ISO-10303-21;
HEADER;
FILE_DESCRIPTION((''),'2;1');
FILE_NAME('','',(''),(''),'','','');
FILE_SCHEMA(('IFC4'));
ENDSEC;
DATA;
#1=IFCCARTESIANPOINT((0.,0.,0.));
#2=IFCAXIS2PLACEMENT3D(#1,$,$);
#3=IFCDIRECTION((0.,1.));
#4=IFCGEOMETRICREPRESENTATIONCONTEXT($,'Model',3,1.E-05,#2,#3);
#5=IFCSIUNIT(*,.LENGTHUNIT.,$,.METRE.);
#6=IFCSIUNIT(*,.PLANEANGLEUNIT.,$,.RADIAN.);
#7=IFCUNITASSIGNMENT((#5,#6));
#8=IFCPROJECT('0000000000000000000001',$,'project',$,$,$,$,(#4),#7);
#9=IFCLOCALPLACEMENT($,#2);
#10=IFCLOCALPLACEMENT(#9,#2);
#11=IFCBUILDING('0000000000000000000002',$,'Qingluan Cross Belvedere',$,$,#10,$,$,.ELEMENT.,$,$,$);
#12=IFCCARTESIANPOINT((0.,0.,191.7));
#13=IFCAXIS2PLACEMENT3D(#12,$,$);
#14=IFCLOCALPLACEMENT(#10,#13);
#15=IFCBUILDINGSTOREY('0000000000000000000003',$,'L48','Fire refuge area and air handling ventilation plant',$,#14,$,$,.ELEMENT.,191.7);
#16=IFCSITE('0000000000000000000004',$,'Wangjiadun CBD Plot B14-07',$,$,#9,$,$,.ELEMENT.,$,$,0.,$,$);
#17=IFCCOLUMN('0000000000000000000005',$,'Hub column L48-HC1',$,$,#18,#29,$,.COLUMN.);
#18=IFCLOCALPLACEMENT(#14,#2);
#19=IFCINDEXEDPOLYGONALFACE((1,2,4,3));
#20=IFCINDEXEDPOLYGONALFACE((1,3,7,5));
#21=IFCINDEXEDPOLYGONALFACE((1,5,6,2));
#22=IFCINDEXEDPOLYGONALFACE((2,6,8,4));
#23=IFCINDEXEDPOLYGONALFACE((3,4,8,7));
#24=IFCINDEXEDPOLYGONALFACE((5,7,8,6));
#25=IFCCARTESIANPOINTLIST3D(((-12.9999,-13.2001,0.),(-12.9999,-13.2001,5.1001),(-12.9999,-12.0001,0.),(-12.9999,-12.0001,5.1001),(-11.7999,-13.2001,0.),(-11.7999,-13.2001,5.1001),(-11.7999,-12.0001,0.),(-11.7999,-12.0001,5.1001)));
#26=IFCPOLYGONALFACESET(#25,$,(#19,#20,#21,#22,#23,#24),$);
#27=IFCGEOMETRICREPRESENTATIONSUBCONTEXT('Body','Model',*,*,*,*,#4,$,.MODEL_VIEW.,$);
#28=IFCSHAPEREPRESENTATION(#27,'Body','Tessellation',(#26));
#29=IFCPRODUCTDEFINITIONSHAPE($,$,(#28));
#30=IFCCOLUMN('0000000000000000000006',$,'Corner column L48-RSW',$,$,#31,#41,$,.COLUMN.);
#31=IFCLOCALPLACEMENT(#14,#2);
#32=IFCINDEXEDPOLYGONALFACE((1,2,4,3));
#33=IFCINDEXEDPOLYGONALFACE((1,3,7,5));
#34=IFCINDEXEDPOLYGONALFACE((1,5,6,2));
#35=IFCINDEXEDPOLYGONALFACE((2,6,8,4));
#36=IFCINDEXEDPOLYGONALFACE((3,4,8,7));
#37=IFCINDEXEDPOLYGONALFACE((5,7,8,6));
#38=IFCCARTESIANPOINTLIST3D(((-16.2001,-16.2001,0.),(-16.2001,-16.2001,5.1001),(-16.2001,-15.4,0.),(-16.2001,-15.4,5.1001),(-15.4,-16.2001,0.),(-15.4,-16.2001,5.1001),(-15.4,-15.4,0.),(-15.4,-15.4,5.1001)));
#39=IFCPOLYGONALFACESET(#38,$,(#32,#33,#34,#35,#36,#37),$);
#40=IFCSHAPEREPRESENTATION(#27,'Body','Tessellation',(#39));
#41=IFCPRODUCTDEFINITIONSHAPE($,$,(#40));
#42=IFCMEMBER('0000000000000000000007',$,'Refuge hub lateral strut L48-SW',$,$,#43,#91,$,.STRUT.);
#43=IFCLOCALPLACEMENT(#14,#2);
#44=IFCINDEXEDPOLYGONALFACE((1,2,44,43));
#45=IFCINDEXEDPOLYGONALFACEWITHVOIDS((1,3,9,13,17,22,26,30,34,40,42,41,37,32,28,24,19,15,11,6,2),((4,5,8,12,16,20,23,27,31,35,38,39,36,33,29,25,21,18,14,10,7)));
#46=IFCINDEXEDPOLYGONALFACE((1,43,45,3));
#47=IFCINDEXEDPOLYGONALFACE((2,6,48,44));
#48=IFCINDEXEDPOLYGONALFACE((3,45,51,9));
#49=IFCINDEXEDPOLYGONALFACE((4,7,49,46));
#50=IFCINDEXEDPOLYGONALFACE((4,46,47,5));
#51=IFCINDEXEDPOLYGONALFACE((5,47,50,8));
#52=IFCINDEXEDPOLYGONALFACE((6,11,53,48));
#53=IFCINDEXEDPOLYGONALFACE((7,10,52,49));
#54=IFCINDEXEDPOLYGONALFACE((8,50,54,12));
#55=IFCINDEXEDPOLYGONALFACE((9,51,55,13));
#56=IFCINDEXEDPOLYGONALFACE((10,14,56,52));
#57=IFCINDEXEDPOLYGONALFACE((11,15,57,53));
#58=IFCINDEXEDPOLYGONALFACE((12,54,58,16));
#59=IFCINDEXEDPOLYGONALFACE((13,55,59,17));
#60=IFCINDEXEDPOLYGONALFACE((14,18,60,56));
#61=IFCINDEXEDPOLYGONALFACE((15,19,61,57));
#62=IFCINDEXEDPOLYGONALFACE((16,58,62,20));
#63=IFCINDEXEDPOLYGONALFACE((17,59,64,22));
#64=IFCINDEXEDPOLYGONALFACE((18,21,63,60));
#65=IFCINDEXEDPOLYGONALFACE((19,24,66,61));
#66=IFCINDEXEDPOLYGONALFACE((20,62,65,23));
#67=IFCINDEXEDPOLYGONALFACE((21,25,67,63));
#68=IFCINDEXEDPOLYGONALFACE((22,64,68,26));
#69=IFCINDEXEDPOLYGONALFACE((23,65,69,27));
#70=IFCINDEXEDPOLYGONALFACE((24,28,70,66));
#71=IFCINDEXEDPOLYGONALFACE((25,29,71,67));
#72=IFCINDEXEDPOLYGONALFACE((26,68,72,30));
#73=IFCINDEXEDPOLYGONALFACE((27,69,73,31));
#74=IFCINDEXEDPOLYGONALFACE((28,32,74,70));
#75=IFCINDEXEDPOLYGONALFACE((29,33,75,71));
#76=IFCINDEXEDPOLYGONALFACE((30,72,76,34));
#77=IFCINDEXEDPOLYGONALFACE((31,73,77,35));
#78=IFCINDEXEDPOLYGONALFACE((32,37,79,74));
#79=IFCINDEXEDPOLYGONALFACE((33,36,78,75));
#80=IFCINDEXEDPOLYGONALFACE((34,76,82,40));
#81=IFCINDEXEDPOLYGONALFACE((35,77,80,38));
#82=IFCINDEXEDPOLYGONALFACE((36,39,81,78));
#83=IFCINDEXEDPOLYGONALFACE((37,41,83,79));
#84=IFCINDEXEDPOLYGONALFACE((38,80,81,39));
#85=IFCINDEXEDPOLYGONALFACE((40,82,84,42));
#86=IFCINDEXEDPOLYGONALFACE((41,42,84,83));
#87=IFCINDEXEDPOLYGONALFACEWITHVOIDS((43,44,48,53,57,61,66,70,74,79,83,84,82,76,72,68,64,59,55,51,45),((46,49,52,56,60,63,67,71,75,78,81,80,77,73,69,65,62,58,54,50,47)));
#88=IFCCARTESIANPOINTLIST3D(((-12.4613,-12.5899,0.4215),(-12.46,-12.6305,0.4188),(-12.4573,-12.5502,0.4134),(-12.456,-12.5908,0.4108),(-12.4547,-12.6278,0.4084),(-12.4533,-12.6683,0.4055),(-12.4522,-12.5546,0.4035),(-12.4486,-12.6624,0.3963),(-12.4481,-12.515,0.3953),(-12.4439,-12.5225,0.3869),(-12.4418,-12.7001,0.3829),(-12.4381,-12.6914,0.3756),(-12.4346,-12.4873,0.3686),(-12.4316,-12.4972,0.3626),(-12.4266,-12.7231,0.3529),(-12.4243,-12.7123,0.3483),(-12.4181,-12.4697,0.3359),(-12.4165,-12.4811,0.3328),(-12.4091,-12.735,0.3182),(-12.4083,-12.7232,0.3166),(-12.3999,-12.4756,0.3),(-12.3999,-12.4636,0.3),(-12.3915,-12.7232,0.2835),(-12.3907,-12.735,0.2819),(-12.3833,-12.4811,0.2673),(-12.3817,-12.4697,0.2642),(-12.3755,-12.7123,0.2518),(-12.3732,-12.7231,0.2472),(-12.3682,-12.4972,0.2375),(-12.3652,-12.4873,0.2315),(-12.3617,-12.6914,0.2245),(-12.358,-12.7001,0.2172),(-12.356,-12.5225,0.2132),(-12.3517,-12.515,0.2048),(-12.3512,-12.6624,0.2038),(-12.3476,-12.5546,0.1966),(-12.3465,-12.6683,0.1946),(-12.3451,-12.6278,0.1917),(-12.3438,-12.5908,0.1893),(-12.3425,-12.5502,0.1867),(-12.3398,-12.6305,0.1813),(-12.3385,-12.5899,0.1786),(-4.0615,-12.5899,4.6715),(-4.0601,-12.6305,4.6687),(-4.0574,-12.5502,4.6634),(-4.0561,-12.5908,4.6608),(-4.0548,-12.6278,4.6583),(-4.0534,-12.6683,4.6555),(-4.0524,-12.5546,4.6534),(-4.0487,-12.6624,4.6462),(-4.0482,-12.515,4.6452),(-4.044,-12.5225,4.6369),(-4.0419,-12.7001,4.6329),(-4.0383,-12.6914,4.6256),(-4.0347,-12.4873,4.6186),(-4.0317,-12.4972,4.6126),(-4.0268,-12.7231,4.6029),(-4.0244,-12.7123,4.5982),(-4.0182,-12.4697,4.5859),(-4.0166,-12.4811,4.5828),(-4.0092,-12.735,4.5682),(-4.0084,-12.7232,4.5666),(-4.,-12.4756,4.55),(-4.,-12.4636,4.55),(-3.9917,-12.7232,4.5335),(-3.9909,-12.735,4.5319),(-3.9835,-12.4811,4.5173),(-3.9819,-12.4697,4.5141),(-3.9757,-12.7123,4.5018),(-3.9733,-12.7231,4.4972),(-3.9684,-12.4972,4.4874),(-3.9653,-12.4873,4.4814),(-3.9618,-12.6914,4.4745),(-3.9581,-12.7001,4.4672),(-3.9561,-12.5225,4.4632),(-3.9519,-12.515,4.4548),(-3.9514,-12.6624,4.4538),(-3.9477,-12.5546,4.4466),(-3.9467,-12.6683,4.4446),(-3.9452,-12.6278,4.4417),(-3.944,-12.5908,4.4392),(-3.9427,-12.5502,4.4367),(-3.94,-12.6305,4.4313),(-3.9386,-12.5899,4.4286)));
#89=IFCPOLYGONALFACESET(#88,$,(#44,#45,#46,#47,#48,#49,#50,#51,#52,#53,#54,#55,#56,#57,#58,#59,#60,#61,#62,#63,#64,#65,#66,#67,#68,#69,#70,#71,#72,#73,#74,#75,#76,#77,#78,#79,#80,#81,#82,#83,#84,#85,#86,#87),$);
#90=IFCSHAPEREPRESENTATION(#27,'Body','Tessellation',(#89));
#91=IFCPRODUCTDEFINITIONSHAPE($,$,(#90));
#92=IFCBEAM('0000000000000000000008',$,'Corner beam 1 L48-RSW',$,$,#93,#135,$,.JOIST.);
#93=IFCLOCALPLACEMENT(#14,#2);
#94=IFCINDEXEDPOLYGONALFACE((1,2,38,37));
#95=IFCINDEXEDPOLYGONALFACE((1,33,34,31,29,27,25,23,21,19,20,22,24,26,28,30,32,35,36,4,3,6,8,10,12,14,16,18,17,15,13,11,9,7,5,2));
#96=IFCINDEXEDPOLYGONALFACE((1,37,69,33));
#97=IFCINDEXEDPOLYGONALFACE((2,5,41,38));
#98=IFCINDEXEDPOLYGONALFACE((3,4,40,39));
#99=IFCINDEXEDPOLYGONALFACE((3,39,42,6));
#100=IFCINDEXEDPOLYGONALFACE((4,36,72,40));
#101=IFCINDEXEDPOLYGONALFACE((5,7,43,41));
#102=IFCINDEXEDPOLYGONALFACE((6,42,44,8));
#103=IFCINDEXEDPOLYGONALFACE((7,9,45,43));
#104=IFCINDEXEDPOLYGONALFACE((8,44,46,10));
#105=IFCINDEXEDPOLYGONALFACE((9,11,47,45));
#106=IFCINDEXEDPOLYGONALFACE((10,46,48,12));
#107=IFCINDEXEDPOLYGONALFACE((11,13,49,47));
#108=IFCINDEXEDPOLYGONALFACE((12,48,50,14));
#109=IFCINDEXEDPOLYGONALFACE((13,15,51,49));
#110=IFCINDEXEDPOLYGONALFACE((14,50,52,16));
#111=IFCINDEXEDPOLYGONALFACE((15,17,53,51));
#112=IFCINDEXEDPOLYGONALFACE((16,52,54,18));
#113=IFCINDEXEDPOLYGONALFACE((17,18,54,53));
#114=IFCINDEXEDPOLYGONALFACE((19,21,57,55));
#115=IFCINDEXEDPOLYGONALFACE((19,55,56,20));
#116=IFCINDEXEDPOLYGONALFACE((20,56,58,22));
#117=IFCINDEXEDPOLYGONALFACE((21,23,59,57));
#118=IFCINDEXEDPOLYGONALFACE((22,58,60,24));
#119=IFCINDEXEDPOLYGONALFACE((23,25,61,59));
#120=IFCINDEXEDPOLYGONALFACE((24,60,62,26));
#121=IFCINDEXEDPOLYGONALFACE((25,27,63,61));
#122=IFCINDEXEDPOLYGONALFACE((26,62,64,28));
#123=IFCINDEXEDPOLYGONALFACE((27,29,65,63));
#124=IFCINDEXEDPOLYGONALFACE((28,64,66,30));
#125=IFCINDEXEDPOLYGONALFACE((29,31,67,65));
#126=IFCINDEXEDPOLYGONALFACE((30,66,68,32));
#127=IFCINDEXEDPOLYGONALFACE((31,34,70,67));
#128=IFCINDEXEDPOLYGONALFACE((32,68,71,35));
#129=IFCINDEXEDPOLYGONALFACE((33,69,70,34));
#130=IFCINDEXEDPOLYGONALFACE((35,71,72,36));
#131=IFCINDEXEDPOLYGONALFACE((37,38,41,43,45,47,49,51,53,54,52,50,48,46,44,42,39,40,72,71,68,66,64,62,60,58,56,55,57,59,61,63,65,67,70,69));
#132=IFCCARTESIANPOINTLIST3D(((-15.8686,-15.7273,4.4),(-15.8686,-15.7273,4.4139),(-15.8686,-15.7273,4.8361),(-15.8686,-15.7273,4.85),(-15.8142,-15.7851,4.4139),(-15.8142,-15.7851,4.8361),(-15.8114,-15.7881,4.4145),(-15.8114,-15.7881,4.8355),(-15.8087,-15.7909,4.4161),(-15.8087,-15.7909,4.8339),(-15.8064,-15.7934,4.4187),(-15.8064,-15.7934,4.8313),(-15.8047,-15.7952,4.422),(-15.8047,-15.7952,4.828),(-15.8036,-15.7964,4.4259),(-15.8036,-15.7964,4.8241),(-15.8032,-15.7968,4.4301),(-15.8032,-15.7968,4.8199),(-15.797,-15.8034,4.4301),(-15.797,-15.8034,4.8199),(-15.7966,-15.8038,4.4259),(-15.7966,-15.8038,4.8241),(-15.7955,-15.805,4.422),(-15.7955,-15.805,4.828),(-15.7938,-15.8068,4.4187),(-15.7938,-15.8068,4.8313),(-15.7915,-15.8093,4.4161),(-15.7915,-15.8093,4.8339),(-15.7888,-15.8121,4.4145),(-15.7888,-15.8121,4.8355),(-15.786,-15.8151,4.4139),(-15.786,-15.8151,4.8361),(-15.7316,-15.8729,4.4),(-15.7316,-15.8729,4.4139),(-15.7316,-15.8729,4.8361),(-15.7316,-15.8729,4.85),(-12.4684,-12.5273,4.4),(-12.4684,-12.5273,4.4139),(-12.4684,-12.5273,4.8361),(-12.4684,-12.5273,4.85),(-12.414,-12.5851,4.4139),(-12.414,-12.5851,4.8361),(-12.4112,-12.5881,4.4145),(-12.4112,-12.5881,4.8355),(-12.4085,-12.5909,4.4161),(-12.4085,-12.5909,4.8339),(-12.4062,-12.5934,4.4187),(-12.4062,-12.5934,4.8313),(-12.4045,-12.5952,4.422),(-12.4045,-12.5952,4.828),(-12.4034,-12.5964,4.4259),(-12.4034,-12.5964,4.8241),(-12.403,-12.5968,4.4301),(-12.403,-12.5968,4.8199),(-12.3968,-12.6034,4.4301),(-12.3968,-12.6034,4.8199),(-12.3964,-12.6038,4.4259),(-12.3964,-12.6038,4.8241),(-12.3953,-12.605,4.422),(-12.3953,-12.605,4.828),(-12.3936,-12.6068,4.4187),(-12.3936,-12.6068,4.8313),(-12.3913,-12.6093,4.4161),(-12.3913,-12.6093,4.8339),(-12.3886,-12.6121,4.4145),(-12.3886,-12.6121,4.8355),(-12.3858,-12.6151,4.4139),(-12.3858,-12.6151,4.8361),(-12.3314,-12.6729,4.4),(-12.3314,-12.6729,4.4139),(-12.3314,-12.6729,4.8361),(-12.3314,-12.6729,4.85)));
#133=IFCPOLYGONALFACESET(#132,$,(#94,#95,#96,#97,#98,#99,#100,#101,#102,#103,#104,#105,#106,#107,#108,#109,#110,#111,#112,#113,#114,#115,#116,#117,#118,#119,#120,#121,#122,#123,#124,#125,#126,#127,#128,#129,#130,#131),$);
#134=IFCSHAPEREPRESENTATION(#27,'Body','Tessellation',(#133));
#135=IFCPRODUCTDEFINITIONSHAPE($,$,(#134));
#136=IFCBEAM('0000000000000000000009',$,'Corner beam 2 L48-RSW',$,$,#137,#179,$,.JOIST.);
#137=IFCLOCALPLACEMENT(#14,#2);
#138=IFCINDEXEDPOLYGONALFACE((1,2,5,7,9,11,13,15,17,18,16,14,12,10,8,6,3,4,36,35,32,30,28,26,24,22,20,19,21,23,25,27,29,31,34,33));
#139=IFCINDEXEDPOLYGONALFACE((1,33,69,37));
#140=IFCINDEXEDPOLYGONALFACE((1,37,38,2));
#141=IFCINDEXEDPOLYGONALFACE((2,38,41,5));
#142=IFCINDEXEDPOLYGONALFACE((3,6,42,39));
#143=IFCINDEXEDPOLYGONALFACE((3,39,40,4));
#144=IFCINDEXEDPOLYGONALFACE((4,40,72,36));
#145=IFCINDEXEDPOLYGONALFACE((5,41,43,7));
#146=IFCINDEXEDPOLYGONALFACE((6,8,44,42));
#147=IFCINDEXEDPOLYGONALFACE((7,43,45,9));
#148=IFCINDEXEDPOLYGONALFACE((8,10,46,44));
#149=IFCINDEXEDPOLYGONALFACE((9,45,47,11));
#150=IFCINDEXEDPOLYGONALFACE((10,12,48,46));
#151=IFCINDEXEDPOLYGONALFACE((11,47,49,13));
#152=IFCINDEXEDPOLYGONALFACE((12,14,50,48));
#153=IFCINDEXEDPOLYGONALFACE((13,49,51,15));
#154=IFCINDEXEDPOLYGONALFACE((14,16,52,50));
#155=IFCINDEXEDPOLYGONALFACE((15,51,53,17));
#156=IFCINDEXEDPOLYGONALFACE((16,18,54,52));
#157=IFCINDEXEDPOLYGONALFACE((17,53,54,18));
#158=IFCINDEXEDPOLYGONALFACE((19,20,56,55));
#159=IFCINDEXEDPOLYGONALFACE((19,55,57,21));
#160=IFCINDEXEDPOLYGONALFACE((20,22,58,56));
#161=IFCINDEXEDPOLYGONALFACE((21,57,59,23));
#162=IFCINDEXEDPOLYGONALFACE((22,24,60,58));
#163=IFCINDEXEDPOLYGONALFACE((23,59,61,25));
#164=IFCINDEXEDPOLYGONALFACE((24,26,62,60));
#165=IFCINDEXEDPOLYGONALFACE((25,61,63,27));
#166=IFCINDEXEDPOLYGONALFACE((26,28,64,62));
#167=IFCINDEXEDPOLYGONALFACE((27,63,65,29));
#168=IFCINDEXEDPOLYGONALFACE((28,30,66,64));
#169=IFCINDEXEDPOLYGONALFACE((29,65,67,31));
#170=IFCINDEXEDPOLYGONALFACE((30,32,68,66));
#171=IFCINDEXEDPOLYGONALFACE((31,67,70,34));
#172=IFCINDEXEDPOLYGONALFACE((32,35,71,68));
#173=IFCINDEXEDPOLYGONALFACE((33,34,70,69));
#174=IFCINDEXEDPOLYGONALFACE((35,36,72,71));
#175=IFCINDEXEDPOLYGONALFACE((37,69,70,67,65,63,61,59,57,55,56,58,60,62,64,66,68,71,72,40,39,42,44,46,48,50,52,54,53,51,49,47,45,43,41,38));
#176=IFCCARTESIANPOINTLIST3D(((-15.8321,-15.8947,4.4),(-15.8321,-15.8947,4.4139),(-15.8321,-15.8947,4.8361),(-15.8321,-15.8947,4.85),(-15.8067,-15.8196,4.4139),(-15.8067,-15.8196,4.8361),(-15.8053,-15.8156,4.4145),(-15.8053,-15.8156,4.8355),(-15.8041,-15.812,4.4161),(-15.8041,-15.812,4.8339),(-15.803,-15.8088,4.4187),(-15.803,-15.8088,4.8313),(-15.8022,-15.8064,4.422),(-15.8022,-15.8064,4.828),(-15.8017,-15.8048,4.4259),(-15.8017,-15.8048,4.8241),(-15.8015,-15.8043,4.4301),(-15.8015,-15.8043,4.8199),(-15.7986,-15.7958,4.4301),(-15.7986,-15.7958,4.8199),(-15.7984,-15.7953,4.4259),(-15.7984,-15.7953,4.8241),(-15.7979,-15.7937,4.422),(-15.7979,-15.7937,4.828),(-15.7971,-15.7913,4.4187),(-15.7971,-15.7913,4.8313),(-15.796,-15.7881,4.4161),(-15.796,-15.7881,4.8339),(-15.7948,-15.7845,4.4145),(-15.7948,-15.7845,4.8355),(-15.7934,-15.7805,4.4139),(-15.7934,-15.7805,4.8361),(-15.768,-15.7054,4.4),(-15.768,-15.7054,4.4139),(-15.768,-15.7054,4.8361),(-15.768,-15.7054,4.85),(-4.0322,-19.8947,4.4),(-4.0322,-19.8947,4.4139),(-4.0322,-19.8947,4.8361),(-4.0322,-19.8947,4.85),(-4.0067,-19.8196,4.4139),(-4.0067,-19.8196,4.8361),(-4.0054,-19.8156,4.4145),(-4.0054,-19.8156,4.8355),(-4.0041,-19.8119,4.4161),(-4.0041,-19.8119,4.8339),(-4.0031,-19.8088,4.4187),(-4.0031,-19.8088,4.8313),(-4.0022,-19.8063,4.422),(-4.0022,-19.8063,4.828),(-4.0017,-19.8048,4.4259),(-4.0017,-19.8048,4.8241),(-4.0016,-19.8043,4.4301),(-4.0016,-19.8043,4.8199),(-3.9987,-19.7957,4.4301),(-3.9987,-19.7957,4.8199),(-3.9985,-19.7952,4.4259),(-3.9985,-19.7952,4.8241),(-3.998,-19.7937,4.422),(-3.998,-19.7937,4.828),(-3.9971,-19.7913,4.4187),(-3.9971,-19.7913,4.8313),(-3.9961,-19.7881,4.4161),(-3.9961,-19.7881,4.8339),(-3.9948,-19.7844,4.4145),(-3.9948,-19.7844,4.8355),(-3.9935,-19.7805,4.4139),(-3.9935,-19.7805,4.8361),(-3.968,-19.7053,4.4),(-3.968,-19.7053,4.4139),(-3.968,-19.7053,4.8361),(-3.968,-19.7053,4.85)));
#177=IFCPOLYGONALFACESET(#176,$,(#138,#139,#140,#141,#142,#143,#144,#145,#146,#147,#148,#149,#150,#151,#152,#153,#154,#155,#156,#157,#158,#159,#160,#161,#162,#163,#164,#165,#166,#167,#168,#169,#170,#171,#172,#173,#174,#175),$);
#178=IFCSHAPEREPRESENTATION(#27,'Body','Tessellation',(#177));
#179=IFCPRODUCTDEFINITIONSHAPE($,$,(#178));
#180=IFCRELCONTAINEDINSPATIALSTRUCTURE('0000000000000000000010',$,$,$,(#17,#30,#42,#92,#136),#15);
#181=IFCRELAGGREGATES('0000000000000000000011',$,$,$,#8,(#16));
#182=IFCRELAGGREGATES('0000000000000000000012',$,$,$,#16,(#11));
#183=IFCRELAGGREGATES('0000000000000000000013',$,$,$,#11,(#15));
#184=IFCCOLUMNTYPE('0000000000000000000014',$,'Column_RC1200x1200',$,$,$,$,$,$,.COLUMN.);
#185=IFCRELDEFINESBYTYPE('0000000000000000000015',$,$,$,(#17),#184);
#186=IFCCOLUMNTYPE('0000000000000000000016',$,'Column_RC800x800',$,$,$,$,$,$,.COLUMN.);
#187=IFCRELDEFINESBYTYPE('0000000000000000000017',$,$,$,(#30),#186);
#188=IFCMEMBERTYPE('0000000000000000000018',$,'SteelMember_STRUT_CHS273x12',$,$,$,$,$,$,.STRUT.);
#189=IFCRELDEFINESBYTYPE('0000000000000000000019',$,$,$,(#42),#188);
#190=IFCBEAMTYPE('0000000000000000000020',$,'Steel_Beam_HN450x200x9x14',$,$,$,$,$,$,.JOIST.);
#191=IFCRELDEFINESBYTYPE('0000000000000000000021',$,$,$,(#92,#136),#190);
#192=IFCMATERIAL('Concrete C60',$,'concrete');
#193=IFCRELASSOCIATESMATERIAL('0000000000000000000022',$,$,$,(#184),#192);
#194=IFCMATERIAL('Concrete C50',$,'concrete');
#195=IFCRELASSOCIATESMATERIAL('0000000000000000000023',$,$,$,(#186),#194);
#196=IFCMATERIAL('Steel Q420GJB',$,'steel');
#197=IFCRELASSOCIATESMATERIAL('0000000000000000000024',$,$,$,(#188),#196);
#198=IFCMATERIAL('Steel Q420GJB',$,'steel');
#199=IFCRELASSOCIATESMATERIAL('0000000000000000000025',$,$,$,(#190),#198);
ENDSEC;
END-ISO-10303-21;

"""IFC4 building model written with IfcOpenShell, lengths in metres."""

from ifc_helpers import new_model, si_unit, direction, frame, origin, origin_2d, place, context, subcontext, project, spatial, rectangle, hollow_circle, i_section, extrude, material, material_profile, profile_set, type_object, element, save


model = new_model("IFC4")

# Units and contexts
model_context = context("Model", 3, precision=1e-05, world=origin(), true_north=direction((0.0, 1.0)))
body_context = subcontext(model_context, "Body", "Model", "MODEL_VIEW")
ifc_project = project(units=[si_unit("LENGTHUNIT", "METRE"), si_unit("PLANEANGLEUNIT", "RADIAN")], contexts=[model_context])

# Site, building, storey
site_placement = place(None, origin())
site = spatial("IfcSite", under=ifc_project, at=site_placement, Name="Wangjiadun CBD Plot B14-07", CompositionType="ELEMENT", RefElevation=0.0)
building_placement = place(site_placement, origin())
building = spatial("IfcBuilding", under=site, at=building_placement, Name="Qingluan Cross Belvedere", CompositionType="ELEMENT")
storey_placement = place(building_placement, frame((0.0, 0.0, 191.7)))
storey = spatial("IfcBuildingStorey", under=building, at=storey_placement, Name="L48", Description="Fire refuge area and air handling ventilation plant", CompositionType="ELEMENT", Elevation=191.7)

# Columns
ifc_material_1 = material(Name="Concrete C60", Category="concrete")
ifc_material_profile_1 = material_profile(ifc_material_1, rectangle(XDim=1.2, YDim=1.2, at=origin_2d()), Name="RC1200x1200")
ifc_profile_set_1 = profile_set([ifc_material_profile_1], Name="Concrete C60")
column_type_1 = type_object("IfcColumnType", Name="Column_RC1200x1200", PredefinedType="COLUMN", material=ifc_profile_set_1)
column_1_placement = place(storey_placement, frame((-12.3999, -12.6001, 0.0), z_axis=(0.0, 0.0, 1.0), x_axis=(1.0, 0.0, 0.0)))
element("IfcColumn", 1, at=column_1_placement, inside=storey, type_object=column_type_1, Name="Hub column L48-HC1", PredefinedType="COLUMN", context=body_context, shape_type="SweptSolid", body=[
    extrude(rectangle(XDim=1.2, YDim=1.2, at=origin_2d()), origin(), (0.0, 0.0, 1.0), 5.1001),
])
ifc_material_2 = material(Name="Concrete C50", Category="concrete")
ifc_material_profile_2 = material_profile(ifc_material_2, rectangle(XDim=0.8, YDim=0.8, at=origin_2d()), Name="RC800x800")
ifc_profile_set_2 = profile_set([ifc_material_profile_2], Name="Concrete C50")
column_type_2 = type_object("IfcColumnType", Name="Column_RC800x800", PredefinedType="COLUMN", material=ifc_profile_set_2)
column_2_placement = place(storey_placement, frame((-15.8, -15.8, 0.0), z_axis=(0.0, 0.0, 1.0), x_axis=(1.0, 0.0, 0.0)))
element("IfcColumn", 2, at=column_2_placement, inside=storey, type_object=column_type_2, Name="Corner column L48-RSW", PredefinedType="COLUMN", context=body_context, shape_type="SweptSolid", body=[
    extrude(rectangle(XDim=0.8, YDim=0.8, at=origin_2d()), origin(), (0.0, 0.0, 1.0), 5.1001),
])

# Member
ifc_material_3 = material(Name="Steel Q420GJB", Category="steel")
ifc_material_profile_3 = material_profile(ifc_material_3, hollow_circle(Radius=0.1365, WallThickness=0.012, at=origin_2d()), Name="CHS273x12")
ifc_profile_set_3 = profile_set([ifc_material_profile_3], Name="Steel Q420GJB")
member_type = type_object("IfcMemberType", Name="SteelMember_STRUT_CHS273x12", PredefinedType="STRUT", material=ifc_profile_set_3)
member_placement = place(storey_placement, frame((-12.3999, -12.6001, 0.3), z_axis=(0.89229, 0.0, 0.451462), x_axis=(0.0, 1.0, 0.0)))
element("IfcMember", 3, at=member_placement, inside=storey, type_object=member_type, Name="Refuge hub lateral strut L48-SW", PredefinedType="STRUT", context=body_context, shape_type="SweptSolid", body=[
    extrude(hollow_circle(Radius=0.1365, WallThickness=0.012, at=origin_2d()), origin(), (0.0, 0.0, 1.0), 9.4138),
])

# Beams
ifc_material_4 = material(Name="Steel Q420GJB", Category="steel")
ifc_material_profile_4 = material_profile(ifc_material_4, i_section(OverallWidth=0.2, OverallDepth=0.45, WebThickness=0.009, FlangeThickness=0.0139, FilletRadius=0.0161, at=origin_2d()), Name="HN450x200x9x14")
ifc_profile_set_4 = profile_set([ifc_material_profile_4], Name="Steel Q420GJB")
beam_type_1 = type_object("IfcBeamType", Name="Steel_Beam_HN450x200x9x14", PredefinedType="JOIST", material=ifc_profile_set_4)
beam_1_placement = place(storey_placement, frame((-12.3999, -12.6001, 4.625), z_axis=(-0.72822, -0.685343, 0.0), x_axis=(0.685343, -0.72822, 0.0)))
element("IfcBeam", 4, at=beam_1_placement, inside=storey, type_object=beam_type_1, Name="Corner beam 1 L48-RSW", PredefinedType="JOIST", context=body_context, shape_type="SweptSolid", body=[
    extrude(i_section(OverallWidth=0.2, OverallDepth=0.45, WebThickness=0.009, FlangeThickness=0.0139, FilletRadius=0.0161, at=origin_2d()), origin(), (0.0, 0.0, 1.0), 4.6692),
])
for number, where, z_axis, x_axis, name in (
    (5, (-15.8, -15.8, 4.625), (0.947066, -0.321038, 0.0), (0.321038, 0.947066, 0.0), "Corner beam 2 L48-RSW"),
):
    element("IfcBeam", number, at=place(storey_placement, frame(where, z_axis=z_axis, x_axis=x_axis)), inside=storey, type_object=beam_type_1, Name=name, PredefinedType="JOIST", context=body_context, shape_type="SweptSolid", body=[
        extrude(i_section(OverallWidth=0.2, OverallDepth=0.45, WebThickness=0.009, FlangeThickness=0.0139, FilletRadius=0.0161, at=origin_2d()), origin(), (0.0, 0.0, 1.0), 12.4595),
    ])

save(model, "model.ifc")
